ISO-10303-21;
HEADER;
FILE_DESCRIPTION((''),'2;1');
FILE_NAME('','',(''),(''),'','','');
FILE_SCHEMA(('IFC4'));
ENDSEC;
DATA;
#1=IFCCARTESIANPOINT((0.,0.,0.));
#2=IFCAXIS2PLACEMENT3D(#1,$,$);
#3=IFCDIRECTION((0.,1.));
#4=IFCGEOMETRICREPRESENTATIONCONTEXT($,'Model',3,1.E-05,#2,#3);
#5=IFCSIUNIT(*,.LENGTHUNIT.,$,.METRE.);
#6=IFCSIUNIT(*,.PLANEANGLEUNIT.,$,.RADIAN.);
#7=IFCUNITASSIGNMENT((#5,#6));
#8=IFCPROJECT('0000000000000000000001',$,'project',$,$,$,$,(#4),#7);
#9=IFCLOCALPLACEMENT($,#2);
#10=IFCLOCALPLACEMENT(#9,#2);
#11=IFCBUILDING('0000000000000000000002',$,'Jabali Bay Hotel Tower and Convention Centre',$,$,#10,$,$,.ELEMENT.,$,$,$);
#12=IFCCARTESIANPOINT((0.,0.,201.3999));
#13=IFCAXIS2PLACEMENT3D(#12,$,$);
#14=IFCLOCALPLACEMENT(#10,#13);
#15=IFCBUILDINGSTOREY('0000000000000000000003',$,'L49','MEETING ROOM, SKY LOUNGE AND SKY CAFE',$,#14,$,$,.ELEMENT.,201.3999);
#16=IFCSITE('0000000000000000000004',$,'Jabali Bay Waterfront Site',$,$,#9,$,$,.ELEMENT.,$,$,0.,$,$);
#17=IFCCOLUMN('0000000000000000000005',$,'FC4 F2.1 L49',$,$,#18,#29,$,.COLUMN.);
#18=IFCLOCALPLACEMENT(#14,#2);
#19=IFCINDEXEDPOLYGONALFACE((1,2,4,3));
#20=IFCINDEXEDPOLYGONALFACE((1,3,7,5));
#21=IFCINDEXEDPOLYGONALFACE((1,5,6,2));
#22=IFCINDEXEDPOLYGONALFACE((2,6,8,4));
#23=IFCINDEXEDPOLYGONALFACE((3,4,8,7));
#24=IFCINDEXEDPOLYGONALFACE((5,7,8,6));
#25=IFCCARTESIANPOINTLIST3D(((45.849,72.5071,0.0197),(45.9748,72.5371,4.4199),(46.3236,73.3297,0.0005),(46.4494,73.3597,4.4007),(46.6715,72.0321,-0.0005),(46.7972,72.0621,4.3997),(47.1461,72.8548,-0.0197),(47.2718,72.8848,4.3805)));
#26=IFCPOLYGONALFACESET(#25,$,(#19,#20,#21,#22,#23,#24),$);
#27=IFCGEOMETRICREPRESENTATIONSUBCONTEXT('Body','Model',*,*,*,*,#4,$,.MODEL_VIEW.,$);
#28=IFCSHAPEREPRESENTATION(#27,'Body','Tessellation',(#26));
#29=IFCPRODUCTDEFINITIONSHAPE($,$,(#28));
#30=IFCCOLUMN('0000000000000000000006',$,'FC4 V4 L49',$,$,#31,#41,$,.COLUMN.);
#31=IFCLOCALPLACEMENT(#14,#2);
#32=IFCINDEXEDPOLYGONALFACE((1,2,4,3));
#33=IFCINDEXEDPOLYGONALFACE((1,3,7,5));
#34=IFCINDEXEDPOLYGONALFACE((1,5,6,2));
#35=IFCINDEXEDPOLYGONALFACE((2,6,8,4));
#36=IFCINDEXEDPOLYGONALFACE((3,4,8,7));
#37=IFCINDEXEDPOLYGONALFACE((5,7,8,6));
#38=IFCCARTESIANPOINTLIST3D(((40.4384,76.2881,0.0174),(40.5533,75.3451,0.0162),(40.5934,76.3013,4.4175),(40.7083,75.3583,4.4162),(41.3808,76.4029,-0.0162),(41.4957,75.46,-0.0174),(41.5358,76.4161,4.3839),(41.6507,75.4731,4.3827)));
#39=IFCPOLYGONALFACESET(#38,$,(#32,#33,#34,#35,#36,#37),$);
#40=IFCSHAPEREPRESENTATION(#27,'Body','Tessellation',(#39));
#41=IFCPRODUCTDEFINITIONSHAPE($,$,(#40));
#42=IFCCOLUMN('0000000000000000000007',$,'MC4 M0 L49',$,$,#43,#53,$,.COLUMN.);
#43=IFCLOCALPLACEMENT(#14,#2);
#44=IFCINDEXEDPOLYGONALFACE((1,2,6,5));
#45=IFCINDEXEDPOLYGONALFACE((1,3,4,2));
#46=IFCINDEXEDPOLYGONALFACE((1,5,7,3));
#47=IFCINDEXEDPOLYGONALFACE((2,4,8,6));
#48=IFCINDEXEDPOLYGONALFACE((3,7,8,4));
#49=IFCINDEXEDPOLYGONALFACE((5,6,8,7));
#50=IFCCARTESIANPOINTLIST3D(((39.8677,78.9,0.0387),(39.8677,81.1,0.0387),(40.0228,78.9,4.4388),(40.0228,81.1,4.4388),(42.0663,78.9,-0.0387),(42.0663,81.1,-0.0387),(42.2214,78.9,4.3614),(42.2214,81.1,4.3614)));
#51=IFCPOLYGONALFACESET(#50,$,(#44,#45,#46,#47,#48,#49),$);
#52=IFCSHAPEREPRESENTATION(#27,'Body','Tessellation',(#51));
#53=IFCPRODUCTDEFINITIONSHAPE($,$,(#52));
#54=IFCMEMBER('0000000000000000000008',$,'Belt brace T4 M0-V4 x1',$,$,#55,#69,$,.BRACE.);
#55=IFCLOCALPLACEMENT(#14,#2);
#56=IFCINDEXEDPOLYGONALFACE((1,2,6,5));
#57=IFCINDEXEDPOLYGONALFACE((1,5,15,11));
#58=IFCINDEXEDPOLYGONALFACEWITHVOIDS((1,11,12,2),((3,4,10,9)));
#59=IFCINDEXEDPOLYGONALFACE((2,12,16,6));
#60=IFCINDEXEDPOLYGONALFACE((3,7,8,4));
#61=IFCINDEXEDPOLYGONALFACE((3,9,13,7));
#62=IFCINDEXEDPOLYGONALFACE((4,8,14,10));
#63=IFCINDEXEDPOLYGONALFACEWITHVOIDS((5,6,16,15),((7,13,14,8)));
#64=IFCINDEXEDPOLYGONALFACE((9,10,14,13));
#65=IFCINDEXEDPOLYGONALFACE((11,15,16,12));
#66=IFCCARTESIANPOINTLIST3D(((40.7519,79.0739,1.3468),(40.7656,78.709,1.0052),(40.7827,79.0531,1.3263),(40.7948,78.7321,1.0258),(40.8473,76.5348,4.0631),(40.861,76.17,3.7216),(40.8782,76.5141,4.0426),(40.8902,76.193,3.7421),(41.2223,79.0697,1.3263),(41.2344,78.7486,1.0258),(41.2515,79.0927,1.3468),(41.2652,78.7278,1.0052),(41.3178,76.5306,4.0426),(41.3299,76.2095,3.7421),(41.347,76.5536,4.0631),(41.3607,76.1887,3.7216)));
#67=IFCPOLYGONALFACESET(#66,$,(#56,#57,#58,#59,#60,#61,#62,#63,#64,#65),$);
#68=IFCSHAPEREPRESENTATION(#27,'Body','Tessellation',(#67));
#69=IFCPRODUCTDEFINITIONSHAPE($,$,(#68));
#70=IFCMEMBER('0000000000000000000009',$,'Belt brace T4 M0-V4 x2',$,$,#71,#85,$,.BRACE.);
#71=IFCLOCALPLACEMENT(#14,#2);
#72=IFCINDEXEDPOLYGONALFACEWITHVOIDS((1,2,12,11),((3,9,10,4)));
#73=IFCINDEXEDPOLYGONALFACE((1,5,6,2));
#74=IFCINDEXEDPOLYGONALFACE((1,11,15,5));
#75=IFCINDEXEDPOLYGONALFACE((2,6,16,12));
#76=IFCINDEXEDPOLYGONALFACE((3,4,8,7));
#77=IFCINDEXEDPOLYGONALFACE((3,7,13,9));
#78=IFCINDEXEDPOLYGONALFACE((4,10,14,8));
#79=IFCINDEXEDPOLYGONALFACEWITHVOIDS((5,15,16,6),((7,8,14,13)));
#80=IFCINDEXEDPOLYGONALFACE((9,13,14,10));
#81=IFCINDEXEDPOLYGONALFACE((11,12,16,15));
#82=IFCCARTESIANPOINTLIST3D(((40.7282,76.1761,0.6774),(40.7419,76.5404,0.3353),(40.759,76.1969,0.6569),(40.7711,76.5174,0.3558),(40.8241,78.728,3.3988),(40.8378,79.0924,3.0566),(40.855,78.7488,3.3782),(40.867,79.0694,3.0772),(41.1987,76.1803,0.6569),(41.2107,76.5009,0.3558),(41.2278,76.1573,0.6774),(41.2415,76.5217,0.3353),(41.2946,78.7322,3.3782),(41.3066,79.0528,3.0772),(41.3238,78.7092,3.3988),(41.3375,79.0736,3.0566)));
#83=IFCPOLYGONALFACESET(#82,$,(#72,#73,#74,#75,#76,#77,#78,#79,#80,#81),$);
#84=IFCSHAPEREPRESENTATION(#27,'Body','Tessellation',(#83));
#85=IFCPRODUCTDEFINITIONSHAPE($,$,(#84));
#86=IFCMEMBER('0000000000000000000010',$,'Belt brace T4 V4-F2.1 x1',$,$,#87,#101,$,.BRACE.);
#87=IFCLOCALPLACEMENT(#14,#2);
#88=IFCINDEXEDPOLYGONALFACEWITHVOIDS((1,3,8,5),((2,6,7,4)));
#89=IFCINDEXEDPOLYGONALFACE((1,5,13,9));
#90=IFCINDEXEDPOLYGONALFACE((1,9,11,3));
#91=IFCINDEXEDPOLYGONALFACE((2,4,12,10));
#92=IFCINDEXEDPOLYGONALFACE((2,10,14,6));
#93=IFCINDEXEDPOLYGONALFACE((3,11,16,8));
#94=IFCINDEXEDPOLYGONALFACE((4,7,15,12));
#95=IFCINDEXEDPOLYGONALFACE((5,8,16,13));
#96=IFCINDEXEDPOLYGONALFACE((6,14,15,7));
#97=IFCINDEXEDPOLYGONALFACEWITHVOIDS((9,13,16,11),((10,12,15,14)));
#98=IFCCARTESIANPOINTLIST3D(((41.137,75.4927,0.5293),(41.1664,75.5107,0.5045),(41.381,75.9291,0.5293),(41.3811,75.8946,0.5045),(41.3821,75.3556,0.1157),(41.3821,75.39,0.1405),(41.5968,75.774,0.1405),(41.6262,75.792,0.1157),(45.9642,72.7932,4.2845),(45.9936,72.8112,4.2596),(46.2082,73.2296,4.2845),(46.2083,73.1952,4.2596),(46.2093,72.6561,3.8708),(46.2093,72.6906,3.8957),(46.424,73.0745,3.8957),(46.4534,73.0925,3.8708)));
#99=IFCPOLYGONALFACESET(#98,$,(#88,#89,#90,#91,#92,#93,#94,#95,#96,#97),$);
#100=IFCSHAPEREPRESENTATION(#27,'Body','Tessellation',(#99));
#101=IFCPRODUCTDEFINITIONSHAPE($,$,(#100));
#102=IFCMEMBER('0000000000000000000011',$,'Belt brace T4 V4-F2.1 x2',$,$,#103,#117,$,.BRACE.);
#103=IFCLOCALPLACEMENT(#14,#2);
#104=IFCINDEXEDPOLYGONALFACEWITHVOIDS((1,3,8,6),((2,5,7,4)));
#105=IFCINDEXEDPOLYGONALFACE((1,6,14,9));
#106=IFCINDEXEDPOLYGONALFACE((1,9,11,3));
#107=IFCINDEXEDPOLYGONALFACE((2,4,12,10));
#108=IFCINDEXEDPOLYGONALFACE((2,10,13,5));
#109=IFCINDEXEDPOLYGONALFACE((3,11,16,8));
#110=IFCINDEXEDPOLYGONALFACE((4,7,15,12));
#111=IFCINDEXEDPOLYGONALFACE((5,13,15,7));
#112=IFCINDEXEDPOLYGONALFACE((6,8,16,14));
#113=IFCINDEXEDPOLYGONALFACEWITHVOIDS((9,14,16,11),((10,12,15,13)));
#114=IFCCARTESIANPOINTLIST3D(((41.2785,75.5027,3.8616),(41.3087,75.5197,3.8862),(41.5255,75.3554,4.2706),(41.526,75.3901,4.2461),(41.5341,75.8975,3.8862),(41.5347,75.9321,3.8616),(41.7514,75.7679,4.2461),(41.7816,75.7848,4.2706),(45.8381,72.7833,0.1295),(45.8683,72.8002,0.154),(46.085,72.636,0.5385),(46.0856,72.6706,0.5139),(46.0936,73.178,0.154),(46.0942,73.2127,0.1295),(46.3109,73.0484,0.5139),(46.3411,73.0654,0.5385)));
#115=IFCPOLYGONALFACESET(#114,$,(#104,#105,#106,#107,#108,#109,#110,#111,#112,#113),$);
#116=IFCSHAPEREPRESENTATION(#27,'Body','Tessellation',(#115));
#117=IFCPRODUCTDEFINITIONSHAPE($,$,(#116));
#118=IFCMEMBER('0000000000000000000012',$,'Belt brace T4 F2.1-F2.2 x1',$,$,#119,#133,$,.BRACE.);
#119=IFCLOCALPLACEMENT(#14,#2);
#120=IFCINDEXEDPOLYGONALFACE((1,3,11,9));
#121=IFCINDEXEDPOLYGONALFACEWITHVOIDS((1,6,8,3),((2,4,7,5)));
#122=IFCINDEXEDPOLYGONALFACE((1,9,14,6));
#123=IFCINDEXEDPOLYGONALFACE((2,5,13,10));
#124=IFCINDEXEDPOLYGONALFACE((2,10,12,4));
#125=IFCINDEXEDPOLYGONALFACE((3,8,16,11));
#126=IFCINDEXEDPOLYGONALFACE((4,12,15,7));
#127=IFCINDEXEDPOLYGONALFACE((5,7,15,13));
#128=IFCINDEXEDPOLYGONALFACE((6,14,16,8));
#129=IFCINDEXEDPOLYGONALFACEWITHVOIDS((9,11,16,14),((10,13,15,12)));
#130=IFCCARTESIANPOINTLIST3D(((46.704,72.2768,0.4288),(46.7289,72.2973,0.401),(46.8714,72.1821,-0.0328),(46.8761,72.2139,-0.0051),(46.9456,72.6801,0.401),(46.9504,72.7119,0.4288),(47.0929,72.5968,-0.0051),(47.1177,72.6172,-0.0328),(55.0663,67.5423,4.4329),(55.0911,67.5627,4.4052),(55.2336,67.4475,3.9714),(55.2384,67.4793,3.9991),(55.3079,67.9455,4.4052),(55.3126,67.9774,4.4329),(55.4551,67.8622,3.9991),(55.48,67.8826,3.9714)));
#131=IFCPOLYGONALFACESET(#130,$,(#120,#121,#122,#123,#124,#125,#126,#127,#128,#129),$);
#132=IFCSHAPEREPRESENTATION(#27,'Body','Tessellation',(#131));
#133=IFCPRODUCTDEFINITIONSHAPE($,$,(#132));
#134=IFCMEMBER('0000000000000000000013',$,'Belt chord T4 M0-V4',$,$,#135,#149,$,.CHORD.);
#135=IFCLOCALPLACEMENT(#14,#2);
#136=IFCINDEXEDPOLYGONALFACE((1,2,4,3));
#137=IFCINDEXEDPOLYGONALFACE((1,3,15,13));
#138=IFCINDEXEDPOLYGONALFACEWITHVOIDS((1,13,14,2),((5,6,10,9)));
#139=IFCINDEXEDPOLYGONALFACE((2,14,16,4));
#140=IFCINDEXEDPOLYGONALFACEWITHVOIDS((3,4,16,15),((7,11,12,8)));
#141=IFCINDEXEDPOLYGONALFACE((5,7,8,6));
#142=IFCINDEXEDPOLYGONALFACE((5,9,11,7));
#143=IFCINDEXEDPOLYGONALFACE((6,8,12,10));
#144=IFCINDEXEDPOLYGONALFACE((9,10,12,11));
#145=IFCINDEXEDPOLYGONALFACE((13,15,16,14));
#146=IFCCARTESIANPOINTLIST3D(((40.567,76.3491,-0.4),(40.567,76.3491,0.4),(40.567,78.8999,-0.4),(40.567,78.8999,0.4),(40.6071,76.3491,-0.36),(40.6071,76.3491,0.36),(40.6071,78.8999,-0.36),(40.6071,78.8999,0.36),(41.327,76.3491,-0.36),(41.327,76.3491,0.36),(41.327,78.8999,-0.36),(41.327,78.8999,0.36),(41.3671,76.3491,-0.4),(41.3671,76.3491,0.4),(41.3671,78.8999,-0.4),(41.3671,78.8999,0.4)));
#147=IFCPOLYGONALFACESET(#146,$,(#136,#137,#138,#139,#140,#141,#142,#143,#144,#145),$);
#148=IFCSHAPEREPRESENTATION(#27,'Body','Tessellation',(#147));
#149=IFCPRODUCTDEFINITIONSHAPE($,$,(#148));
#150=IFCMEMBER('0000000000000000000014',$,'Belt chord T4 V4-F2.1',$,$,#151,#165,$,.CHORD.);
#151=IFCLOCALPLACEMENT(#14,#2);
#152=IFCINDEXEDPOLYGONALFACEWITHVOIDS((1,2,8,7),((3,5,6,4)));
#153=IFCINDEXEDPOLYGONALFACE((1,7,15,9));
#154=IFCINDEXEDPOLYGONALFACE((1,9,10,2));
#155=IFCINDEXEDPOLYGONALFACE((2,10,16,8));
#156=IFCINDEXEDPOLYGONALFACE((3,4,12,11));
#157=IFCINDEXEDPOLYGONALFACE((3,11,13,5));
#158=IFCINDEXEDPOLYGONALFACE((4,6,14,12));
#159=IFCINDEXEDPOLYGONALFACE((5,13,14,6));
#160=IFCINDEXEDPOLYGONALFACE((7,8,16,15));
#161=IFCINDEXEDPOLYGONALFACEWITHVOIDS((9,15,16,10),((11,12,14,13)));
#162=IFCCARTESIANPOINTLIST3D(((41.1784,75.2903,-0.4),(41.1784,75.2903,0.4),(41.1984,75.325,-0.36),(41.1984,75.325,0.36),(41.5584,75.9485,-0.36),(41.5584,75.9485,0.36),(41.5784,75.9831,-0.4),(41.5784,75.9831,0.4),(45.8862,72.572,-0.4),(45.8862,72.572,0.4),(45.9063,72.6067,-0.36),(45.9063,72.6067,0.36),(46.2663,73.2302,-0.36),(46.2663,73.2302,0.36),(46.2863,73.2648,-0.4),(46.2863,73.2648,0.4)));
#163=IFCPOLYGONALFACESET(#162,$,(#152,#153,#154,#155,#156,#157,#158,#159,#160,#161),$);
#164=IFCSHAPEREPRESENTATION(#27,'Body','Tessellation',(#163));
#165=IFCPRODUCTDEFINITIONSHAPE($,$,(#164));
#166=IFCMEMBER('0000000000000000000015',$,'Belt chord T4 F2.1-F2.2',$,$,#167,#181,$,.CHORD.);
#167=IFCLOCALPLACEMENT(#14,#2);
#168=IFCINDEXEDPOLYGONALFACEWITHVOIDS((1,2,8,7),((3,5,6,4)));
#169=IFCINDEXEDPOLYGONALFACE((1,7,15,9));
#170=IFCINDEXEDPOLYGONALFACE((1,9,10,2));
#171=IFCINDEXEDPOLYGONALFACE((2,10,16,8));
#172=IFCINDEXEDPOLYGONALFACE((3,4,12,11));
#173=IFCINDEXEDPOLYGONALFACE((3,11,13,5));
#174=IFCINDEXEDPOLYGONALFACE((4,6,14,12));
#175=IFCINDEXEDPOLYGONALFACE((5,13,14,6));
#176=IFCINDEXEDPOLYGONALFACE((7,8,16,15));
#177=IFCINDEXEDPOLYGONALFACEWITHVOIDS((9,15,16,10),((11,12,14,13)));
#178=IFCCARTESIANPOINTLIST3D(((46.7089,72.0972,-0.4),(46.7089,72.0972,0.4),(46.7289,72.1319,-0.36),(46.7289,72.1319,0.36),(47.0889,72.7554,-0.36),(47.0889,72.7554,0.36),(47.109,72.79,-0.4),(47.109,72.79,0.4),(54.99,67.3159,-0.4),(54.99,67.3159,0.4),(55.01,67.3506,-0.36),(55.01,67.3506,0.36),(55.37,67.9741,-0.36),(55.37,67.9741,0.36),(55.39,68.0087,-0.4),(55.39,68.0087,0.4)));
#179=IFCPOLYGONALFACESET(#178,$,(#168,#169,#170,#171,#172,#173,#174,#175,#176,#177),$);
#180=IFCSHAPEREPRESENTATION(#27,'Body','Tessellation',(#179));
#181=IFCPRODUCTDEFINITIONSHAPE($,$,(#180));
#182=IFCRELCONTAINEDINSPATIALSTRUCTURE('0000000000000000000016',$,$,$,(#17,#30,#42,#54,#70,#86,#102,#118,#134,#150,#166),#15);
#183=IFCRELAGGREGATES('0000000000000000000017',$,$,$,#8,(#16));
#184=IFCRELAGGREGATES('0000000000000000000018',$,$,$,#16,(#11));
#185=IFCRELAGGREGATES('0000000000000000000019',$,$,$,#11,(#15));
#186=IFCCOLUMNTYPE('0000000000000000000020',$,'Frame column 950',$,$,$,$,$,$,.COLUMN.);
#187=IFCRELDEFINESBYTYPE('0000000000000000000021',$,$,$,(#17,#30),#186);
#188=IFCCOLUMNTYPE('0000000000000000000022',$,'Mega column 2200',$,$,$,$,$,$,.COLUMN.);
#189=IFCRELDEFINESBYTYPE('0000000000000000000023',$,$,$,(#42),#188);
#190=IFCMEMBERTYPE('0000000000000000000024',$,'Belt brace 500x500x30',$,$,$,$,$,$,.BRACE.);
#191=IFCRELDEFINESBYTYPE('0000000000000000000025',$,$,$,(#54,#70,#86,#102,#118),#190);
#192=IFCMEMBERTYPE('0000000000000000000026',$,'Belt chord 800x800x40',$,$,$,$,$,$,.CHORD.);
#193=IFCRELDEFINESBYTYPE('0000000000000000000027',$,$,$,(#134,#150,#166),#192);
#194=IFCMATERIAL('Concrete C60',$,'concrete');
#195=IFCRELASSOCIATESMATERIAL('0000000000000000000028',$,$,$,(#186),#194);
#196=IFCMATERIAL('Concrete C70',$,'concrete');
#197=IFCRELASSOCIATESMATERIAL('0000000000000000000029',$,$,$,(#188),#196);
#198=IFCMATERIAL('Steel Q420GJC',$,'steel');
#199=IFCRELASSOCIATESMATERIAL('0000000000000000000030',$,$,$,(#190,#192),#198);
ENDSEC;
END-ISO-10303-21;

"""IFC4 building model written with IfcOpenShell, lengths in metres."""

from ifc_helpers import new_model, si_unit, direction, frame, origin, origin_2d, place, context, subcontext, project, spatial, rectangle, hollow_rectangle, extrude, material, material_profile, profile_set, type_object, element, save


model = new_model("IFC4")

# Units and contexts
model_context = context("Model", 3, precision=1e-05, world=origin(), true_north=direction((0.0, 1.0)))
body_context = subcontext(model_context, "Body", "Model", "MODEL_VIEW")
ifc_project = project(units=[si_unit("LENGTHUNIT", "METRE"), si_unit("PLANEANGLEUNIT", "RADIAN")], contexts=[model_context])

# Site, building, storey
site_placement = place(None, origin())
site = spatial("IfcSite", under=ifc_project, at=site_placement, Name="Jabali Bay Waterfront Site", CompositionType="ELEMENT", RefElevation=0.0)
building_placement = place(site_placement, origin())
building = spatial("IfcBuilding", under=site, at=building_placement, Name="Jabali Bay Hotel Tower and Convention Centre", CompositionType="ELEMENT")
storey_placement = place(building_placement, frame((0.0, 0.0, 201.3999)))
storey = spatial("IfcBuildingStorey", under=building, at=storey_placement, Name="L49", Description="MEETING ROOM, SKY LOUNGE AND SKY CAFE", CompositionType="ELEMENT", Elevation=201.3999)

# Columns
ifc_material_1 = material(Name="Concrete C60", Category="concrete")
ifc_material_profile_1 = material_profile(ifc_material_1, rectangle(XDim=0.95, YDim=0.95, at=origin_2d()), Name="Frame column 950")
ifc_profile_set_1 = profile_set([ifc_material_profile_1], Name="Concrete C60")
column_type_1 = type_object("IfcColumnType", Name="Frame column 950", PredefinedType="COLUMN", material=ifc_profile_set_1)
column_1_placement = place(storey_placement, frame((46.4976, 72.6809, 0.0), z_axis=(0.028562, 0.006822, 0.999569), x_axis=(-0.865776, 0.499977, 0.021327)))
element("IfcColumn", 1, at=column_1_placement, inside=storey, type_object=column_type_1, Name="FC4 F2.1 L49", PredefinedType="COLUMN", context=body_context, shape_type="SweptSolid", body=[
    extrude(rectangle(XDim=0.95, YDim=0.95, at=origin_2d()), origin(), (0.0, 0.0, 1.0), 4.4021),
])
column_2_placement = place(storey_placement, frame((40.967, 75.874, 0.0), z_axis=(0.035211, 0.002994, 0.999375), x_axis=(-0.120931, 0.99266, 0.001287)))
element("IfcColumn", 2, at=column_2_placement, inside=storey, type_object=column_type_1, Name="FC4 V4 L49", PredefinedType="COLUMN", context=body_context, shape_type="SweptSolid", body=[
    extrude(rectangle(XDim=0.95, YDim=0.95, at=origin_2d()), origin(), (0.0, 0.0, 1.0), 4.4028),
])
ifc_material_2 = material(Name="Concrete C70", Category="concrete")
ifc_material_profile_2 = material_profile(ifc_material_2, rectangle(XDim=2.2, YDim=2.2, at=origin_2d()), Name="Mega column 2200")
ifc_profile_set_2 = profile_set([ifc_material_profile_2], Name="Concrete C70")
column_type_2 = type_object("IfcColumnType", Name="Mega column 2200", PredefinedType="COLUMN", material=ifc_profile_set_2)
column_3_placement = place(storey_placement, frame((40.967, 80.0, 0.0), z_axis=(0.035211, 0.0, 0.99938), x_axis=(0.0, 1.0, 0.0)))
element("IfcColumn", 3, at=column_3_placement, inside=storey, type_object=column_type_2, Name="MC4 M0 L49", PredefinedType="COLUMN", context=body_context, shape_type="SweptSolid", body=[
    extrude(rectangle(XDim=2.2, YDim=2.2, at=origin_2d()), origin(), (0.0, 0.0, 1.0), 4.4028),
])

# Members
ifc_material_3 = material(Name="Steel Q420GJC", Category="steel")
ifc_material_profile_3 = material_profile(ifc_material_3, hollow_rectangle(XDim=0.5, YDim=0.5, WallThickness=0.03, at=origin_2d()), Name="Belt brace 500x500x30")
ifc_profile_set_3 = profile_set([ifc_material_profile_3], Name="Steel Q420GJC")
member_type_1 = type_object("IfcMemberType", Name="Belt brace 500x500x30", PredefinedType="BRACE", material=ifc_profile_set_3)
member_1_placement = place(storey_placement, frame((41.0085, 78.9009, 1.176), z_axis=(0.025665, -0.682645, 0.730299), x_axis=(0.999294, 0.03757, 0.0)))
element("IfcMember", 4, at=member_1_placement, inside=storey, type_object=member_type_1, Name="Belt brace T4 M0-V4 x1", PredefinedType="BRACE", context=body_context, shape_type="SweptSolid", body=[
    extrude(hollow_rectangle(XDim=0.5, YDim=0.5, WallThickness=0.03, at=origin_2d()), origin(), (0.0, 0.0, 1.0), 3.7195),
])
member_2_placement = place(storey_placement, frame((40.9849, 76.3489, 0.5063), z_axis=(0.025709, 0.683809, 0.729208), x_axis=(-0.999294, 0.03757, 0.0)))
element("IfcMember", 5, at=member_2_placement, inside=storey, type_object=member_type_1, Name="Belt brace T4 M0-V4 x2", PredefinedType="BRACE", context=body_context, shape_type="SweptSolid", body=[
    extrude(hollow_rectangle(XDim=0.5, YDim=0.5, WallThickness=0.03, at=origin_2d()), origin(), (0.0, 0.0, 1.0), 3.7319),
])
member_3_placement = place(storey_placement, frame((41.3816, 75.6423, 0.3225), z_axis=(0.722085, -0.403808, 0.561723), x_axis=(0.488088, 0.872794, 0.0)))
element("IfcMember", 6, at=member_3_placement, inside=storey, type_object=member_type_1, Name="Belt brace T4 V4-F2.1 x1", PredefinedType="BRACE", context=body_context, shape_type="SweptSolid", body=[
    extrude(hollow_rectangle(XDim=0.5, YDim=0.5, WallThickness=0.03, at=origin_2d()), origin(), (0.0, 0.0, 1.0), 6.6851),
])
member_4_placement = place(storey_placement, frame((46.0896, 72.9243, 0.334), z_axis=(-0.702601, 0.419055, 0.575105), x_axis=(-0.512242, -0.858841, 0.0)))
element("IfcMember", 7, at=member_4_placement, inside=storey, type_object=member_type_1, Name="Belt brace T4 V4-F2.1 x2", PredefinedType="BRACE", context=body_context, shape_type="SweptSolid", body=[
    extrude(hollow_rectangle(XDim=0.5, YDim=0.5, WallThickness=0.03, at=origin_2d()), origin(), (0.0, 0.0, 1.0), 6.4895),
])
member_5_placement = place(storey_placement, frame((46.9109, 72.447, 0.198), z_axis=(0.803259, -0.454794, 0.384627), x_axis=(0.492696, 0.870202, 0.0)))
element("IfcMember", 8, at=member_5_placement, inside=storey, type_object=member_type_1, Name="Belt brace T4 F2.1-F2.2 x1", PredefinedType="BRACE", context=body_context, shape_type="SweptSolid", body=[
    extrude(hollow_rectangle(XDim=0.5, YDim=0.5, WallThickness=0.03, at=origin_2d()), origin(), (0.0, 0.0, 1.0), 10.4104),
])
ifc_material_profile_4 = material_profile(ifc_material_3, hollow_rectangle(XDim=0.8, YDim=0.8, WallThickness=0.04, at=origin_2d()), Name="Belt chord 800x800x40")
ifc_profile_set_4 = profile_set([ifc_material_profile_4], Name="Steel Q420GJC")
member_type_2 = type_object("IfcMemberType", Name="Belt chord 800x800x40", PredefinedType="CHORD", material=ifc_profile_set_4)
member_6_placement = place(storey_placement, frame((40.967, 78.8999, 0.0), z_axis=(0.0, -1.0, 0.0), x_axis=(1.0, 0.0, 0.0)))
element("IfcMember", 9, at=member_6_placement, inside=storey, type_object=member_type_2, Name="Belt chord T4 M0-V4", PredefinedType="CHORD", context=body_context, shape_type="SweptSolid", body=[
    extrude(hollow_rectangle(XDim=0.8, YDim=0.8, WallThickness=0.04, at=origin_2d()), origin(), (0.0, 0.0, 1.0), 2.5508),
])
member_7_placement = place(storey_placement, frame((41.3784, 75.6367, 0.0), z_axis=(0.866007, -0.500032, 0.0), x_axis=(0.500032, 0.866007, 0.0)))
element("IfcMember", 10, at=member_7_placement, inside=storey, type_object=member_type_2, Name="Belt chord T4 V4-F2.1", PredefinedType="CHORD", context=body_context, shape_type="SweptSolid", body=[
    extrude(hollow_rectangle(XDim=0.8, YDim=0.8, WallThickness=0.04, at=origin_2d()), origin(), (0.0, 0.0, 1.0), 5.4363),
])
member_8_placement = place(storey_placement, frame((46.9089, 72.4436, 0.0), z_axis=(0.866016, -0.500016, 0.0), x_axis=(0.500016, 0.866016, 0.0)))
element("IfcMember", 11, at=member_8_placement, inside=storey, type_object=member_type_2, Name="Belt chord T4 F2.1-F2.2", PredefinedType="CHORD", context=body_context, shape_type="SweptSolid", body=[
    extrude(hollow_rectangle(XDim=0.8, YDim=0.8, WallThickness=0.04, at=origin_2d()), origin(), (0.0, 0.0, 1.0), 9.5623),
])

save(model, "model.ifc")
